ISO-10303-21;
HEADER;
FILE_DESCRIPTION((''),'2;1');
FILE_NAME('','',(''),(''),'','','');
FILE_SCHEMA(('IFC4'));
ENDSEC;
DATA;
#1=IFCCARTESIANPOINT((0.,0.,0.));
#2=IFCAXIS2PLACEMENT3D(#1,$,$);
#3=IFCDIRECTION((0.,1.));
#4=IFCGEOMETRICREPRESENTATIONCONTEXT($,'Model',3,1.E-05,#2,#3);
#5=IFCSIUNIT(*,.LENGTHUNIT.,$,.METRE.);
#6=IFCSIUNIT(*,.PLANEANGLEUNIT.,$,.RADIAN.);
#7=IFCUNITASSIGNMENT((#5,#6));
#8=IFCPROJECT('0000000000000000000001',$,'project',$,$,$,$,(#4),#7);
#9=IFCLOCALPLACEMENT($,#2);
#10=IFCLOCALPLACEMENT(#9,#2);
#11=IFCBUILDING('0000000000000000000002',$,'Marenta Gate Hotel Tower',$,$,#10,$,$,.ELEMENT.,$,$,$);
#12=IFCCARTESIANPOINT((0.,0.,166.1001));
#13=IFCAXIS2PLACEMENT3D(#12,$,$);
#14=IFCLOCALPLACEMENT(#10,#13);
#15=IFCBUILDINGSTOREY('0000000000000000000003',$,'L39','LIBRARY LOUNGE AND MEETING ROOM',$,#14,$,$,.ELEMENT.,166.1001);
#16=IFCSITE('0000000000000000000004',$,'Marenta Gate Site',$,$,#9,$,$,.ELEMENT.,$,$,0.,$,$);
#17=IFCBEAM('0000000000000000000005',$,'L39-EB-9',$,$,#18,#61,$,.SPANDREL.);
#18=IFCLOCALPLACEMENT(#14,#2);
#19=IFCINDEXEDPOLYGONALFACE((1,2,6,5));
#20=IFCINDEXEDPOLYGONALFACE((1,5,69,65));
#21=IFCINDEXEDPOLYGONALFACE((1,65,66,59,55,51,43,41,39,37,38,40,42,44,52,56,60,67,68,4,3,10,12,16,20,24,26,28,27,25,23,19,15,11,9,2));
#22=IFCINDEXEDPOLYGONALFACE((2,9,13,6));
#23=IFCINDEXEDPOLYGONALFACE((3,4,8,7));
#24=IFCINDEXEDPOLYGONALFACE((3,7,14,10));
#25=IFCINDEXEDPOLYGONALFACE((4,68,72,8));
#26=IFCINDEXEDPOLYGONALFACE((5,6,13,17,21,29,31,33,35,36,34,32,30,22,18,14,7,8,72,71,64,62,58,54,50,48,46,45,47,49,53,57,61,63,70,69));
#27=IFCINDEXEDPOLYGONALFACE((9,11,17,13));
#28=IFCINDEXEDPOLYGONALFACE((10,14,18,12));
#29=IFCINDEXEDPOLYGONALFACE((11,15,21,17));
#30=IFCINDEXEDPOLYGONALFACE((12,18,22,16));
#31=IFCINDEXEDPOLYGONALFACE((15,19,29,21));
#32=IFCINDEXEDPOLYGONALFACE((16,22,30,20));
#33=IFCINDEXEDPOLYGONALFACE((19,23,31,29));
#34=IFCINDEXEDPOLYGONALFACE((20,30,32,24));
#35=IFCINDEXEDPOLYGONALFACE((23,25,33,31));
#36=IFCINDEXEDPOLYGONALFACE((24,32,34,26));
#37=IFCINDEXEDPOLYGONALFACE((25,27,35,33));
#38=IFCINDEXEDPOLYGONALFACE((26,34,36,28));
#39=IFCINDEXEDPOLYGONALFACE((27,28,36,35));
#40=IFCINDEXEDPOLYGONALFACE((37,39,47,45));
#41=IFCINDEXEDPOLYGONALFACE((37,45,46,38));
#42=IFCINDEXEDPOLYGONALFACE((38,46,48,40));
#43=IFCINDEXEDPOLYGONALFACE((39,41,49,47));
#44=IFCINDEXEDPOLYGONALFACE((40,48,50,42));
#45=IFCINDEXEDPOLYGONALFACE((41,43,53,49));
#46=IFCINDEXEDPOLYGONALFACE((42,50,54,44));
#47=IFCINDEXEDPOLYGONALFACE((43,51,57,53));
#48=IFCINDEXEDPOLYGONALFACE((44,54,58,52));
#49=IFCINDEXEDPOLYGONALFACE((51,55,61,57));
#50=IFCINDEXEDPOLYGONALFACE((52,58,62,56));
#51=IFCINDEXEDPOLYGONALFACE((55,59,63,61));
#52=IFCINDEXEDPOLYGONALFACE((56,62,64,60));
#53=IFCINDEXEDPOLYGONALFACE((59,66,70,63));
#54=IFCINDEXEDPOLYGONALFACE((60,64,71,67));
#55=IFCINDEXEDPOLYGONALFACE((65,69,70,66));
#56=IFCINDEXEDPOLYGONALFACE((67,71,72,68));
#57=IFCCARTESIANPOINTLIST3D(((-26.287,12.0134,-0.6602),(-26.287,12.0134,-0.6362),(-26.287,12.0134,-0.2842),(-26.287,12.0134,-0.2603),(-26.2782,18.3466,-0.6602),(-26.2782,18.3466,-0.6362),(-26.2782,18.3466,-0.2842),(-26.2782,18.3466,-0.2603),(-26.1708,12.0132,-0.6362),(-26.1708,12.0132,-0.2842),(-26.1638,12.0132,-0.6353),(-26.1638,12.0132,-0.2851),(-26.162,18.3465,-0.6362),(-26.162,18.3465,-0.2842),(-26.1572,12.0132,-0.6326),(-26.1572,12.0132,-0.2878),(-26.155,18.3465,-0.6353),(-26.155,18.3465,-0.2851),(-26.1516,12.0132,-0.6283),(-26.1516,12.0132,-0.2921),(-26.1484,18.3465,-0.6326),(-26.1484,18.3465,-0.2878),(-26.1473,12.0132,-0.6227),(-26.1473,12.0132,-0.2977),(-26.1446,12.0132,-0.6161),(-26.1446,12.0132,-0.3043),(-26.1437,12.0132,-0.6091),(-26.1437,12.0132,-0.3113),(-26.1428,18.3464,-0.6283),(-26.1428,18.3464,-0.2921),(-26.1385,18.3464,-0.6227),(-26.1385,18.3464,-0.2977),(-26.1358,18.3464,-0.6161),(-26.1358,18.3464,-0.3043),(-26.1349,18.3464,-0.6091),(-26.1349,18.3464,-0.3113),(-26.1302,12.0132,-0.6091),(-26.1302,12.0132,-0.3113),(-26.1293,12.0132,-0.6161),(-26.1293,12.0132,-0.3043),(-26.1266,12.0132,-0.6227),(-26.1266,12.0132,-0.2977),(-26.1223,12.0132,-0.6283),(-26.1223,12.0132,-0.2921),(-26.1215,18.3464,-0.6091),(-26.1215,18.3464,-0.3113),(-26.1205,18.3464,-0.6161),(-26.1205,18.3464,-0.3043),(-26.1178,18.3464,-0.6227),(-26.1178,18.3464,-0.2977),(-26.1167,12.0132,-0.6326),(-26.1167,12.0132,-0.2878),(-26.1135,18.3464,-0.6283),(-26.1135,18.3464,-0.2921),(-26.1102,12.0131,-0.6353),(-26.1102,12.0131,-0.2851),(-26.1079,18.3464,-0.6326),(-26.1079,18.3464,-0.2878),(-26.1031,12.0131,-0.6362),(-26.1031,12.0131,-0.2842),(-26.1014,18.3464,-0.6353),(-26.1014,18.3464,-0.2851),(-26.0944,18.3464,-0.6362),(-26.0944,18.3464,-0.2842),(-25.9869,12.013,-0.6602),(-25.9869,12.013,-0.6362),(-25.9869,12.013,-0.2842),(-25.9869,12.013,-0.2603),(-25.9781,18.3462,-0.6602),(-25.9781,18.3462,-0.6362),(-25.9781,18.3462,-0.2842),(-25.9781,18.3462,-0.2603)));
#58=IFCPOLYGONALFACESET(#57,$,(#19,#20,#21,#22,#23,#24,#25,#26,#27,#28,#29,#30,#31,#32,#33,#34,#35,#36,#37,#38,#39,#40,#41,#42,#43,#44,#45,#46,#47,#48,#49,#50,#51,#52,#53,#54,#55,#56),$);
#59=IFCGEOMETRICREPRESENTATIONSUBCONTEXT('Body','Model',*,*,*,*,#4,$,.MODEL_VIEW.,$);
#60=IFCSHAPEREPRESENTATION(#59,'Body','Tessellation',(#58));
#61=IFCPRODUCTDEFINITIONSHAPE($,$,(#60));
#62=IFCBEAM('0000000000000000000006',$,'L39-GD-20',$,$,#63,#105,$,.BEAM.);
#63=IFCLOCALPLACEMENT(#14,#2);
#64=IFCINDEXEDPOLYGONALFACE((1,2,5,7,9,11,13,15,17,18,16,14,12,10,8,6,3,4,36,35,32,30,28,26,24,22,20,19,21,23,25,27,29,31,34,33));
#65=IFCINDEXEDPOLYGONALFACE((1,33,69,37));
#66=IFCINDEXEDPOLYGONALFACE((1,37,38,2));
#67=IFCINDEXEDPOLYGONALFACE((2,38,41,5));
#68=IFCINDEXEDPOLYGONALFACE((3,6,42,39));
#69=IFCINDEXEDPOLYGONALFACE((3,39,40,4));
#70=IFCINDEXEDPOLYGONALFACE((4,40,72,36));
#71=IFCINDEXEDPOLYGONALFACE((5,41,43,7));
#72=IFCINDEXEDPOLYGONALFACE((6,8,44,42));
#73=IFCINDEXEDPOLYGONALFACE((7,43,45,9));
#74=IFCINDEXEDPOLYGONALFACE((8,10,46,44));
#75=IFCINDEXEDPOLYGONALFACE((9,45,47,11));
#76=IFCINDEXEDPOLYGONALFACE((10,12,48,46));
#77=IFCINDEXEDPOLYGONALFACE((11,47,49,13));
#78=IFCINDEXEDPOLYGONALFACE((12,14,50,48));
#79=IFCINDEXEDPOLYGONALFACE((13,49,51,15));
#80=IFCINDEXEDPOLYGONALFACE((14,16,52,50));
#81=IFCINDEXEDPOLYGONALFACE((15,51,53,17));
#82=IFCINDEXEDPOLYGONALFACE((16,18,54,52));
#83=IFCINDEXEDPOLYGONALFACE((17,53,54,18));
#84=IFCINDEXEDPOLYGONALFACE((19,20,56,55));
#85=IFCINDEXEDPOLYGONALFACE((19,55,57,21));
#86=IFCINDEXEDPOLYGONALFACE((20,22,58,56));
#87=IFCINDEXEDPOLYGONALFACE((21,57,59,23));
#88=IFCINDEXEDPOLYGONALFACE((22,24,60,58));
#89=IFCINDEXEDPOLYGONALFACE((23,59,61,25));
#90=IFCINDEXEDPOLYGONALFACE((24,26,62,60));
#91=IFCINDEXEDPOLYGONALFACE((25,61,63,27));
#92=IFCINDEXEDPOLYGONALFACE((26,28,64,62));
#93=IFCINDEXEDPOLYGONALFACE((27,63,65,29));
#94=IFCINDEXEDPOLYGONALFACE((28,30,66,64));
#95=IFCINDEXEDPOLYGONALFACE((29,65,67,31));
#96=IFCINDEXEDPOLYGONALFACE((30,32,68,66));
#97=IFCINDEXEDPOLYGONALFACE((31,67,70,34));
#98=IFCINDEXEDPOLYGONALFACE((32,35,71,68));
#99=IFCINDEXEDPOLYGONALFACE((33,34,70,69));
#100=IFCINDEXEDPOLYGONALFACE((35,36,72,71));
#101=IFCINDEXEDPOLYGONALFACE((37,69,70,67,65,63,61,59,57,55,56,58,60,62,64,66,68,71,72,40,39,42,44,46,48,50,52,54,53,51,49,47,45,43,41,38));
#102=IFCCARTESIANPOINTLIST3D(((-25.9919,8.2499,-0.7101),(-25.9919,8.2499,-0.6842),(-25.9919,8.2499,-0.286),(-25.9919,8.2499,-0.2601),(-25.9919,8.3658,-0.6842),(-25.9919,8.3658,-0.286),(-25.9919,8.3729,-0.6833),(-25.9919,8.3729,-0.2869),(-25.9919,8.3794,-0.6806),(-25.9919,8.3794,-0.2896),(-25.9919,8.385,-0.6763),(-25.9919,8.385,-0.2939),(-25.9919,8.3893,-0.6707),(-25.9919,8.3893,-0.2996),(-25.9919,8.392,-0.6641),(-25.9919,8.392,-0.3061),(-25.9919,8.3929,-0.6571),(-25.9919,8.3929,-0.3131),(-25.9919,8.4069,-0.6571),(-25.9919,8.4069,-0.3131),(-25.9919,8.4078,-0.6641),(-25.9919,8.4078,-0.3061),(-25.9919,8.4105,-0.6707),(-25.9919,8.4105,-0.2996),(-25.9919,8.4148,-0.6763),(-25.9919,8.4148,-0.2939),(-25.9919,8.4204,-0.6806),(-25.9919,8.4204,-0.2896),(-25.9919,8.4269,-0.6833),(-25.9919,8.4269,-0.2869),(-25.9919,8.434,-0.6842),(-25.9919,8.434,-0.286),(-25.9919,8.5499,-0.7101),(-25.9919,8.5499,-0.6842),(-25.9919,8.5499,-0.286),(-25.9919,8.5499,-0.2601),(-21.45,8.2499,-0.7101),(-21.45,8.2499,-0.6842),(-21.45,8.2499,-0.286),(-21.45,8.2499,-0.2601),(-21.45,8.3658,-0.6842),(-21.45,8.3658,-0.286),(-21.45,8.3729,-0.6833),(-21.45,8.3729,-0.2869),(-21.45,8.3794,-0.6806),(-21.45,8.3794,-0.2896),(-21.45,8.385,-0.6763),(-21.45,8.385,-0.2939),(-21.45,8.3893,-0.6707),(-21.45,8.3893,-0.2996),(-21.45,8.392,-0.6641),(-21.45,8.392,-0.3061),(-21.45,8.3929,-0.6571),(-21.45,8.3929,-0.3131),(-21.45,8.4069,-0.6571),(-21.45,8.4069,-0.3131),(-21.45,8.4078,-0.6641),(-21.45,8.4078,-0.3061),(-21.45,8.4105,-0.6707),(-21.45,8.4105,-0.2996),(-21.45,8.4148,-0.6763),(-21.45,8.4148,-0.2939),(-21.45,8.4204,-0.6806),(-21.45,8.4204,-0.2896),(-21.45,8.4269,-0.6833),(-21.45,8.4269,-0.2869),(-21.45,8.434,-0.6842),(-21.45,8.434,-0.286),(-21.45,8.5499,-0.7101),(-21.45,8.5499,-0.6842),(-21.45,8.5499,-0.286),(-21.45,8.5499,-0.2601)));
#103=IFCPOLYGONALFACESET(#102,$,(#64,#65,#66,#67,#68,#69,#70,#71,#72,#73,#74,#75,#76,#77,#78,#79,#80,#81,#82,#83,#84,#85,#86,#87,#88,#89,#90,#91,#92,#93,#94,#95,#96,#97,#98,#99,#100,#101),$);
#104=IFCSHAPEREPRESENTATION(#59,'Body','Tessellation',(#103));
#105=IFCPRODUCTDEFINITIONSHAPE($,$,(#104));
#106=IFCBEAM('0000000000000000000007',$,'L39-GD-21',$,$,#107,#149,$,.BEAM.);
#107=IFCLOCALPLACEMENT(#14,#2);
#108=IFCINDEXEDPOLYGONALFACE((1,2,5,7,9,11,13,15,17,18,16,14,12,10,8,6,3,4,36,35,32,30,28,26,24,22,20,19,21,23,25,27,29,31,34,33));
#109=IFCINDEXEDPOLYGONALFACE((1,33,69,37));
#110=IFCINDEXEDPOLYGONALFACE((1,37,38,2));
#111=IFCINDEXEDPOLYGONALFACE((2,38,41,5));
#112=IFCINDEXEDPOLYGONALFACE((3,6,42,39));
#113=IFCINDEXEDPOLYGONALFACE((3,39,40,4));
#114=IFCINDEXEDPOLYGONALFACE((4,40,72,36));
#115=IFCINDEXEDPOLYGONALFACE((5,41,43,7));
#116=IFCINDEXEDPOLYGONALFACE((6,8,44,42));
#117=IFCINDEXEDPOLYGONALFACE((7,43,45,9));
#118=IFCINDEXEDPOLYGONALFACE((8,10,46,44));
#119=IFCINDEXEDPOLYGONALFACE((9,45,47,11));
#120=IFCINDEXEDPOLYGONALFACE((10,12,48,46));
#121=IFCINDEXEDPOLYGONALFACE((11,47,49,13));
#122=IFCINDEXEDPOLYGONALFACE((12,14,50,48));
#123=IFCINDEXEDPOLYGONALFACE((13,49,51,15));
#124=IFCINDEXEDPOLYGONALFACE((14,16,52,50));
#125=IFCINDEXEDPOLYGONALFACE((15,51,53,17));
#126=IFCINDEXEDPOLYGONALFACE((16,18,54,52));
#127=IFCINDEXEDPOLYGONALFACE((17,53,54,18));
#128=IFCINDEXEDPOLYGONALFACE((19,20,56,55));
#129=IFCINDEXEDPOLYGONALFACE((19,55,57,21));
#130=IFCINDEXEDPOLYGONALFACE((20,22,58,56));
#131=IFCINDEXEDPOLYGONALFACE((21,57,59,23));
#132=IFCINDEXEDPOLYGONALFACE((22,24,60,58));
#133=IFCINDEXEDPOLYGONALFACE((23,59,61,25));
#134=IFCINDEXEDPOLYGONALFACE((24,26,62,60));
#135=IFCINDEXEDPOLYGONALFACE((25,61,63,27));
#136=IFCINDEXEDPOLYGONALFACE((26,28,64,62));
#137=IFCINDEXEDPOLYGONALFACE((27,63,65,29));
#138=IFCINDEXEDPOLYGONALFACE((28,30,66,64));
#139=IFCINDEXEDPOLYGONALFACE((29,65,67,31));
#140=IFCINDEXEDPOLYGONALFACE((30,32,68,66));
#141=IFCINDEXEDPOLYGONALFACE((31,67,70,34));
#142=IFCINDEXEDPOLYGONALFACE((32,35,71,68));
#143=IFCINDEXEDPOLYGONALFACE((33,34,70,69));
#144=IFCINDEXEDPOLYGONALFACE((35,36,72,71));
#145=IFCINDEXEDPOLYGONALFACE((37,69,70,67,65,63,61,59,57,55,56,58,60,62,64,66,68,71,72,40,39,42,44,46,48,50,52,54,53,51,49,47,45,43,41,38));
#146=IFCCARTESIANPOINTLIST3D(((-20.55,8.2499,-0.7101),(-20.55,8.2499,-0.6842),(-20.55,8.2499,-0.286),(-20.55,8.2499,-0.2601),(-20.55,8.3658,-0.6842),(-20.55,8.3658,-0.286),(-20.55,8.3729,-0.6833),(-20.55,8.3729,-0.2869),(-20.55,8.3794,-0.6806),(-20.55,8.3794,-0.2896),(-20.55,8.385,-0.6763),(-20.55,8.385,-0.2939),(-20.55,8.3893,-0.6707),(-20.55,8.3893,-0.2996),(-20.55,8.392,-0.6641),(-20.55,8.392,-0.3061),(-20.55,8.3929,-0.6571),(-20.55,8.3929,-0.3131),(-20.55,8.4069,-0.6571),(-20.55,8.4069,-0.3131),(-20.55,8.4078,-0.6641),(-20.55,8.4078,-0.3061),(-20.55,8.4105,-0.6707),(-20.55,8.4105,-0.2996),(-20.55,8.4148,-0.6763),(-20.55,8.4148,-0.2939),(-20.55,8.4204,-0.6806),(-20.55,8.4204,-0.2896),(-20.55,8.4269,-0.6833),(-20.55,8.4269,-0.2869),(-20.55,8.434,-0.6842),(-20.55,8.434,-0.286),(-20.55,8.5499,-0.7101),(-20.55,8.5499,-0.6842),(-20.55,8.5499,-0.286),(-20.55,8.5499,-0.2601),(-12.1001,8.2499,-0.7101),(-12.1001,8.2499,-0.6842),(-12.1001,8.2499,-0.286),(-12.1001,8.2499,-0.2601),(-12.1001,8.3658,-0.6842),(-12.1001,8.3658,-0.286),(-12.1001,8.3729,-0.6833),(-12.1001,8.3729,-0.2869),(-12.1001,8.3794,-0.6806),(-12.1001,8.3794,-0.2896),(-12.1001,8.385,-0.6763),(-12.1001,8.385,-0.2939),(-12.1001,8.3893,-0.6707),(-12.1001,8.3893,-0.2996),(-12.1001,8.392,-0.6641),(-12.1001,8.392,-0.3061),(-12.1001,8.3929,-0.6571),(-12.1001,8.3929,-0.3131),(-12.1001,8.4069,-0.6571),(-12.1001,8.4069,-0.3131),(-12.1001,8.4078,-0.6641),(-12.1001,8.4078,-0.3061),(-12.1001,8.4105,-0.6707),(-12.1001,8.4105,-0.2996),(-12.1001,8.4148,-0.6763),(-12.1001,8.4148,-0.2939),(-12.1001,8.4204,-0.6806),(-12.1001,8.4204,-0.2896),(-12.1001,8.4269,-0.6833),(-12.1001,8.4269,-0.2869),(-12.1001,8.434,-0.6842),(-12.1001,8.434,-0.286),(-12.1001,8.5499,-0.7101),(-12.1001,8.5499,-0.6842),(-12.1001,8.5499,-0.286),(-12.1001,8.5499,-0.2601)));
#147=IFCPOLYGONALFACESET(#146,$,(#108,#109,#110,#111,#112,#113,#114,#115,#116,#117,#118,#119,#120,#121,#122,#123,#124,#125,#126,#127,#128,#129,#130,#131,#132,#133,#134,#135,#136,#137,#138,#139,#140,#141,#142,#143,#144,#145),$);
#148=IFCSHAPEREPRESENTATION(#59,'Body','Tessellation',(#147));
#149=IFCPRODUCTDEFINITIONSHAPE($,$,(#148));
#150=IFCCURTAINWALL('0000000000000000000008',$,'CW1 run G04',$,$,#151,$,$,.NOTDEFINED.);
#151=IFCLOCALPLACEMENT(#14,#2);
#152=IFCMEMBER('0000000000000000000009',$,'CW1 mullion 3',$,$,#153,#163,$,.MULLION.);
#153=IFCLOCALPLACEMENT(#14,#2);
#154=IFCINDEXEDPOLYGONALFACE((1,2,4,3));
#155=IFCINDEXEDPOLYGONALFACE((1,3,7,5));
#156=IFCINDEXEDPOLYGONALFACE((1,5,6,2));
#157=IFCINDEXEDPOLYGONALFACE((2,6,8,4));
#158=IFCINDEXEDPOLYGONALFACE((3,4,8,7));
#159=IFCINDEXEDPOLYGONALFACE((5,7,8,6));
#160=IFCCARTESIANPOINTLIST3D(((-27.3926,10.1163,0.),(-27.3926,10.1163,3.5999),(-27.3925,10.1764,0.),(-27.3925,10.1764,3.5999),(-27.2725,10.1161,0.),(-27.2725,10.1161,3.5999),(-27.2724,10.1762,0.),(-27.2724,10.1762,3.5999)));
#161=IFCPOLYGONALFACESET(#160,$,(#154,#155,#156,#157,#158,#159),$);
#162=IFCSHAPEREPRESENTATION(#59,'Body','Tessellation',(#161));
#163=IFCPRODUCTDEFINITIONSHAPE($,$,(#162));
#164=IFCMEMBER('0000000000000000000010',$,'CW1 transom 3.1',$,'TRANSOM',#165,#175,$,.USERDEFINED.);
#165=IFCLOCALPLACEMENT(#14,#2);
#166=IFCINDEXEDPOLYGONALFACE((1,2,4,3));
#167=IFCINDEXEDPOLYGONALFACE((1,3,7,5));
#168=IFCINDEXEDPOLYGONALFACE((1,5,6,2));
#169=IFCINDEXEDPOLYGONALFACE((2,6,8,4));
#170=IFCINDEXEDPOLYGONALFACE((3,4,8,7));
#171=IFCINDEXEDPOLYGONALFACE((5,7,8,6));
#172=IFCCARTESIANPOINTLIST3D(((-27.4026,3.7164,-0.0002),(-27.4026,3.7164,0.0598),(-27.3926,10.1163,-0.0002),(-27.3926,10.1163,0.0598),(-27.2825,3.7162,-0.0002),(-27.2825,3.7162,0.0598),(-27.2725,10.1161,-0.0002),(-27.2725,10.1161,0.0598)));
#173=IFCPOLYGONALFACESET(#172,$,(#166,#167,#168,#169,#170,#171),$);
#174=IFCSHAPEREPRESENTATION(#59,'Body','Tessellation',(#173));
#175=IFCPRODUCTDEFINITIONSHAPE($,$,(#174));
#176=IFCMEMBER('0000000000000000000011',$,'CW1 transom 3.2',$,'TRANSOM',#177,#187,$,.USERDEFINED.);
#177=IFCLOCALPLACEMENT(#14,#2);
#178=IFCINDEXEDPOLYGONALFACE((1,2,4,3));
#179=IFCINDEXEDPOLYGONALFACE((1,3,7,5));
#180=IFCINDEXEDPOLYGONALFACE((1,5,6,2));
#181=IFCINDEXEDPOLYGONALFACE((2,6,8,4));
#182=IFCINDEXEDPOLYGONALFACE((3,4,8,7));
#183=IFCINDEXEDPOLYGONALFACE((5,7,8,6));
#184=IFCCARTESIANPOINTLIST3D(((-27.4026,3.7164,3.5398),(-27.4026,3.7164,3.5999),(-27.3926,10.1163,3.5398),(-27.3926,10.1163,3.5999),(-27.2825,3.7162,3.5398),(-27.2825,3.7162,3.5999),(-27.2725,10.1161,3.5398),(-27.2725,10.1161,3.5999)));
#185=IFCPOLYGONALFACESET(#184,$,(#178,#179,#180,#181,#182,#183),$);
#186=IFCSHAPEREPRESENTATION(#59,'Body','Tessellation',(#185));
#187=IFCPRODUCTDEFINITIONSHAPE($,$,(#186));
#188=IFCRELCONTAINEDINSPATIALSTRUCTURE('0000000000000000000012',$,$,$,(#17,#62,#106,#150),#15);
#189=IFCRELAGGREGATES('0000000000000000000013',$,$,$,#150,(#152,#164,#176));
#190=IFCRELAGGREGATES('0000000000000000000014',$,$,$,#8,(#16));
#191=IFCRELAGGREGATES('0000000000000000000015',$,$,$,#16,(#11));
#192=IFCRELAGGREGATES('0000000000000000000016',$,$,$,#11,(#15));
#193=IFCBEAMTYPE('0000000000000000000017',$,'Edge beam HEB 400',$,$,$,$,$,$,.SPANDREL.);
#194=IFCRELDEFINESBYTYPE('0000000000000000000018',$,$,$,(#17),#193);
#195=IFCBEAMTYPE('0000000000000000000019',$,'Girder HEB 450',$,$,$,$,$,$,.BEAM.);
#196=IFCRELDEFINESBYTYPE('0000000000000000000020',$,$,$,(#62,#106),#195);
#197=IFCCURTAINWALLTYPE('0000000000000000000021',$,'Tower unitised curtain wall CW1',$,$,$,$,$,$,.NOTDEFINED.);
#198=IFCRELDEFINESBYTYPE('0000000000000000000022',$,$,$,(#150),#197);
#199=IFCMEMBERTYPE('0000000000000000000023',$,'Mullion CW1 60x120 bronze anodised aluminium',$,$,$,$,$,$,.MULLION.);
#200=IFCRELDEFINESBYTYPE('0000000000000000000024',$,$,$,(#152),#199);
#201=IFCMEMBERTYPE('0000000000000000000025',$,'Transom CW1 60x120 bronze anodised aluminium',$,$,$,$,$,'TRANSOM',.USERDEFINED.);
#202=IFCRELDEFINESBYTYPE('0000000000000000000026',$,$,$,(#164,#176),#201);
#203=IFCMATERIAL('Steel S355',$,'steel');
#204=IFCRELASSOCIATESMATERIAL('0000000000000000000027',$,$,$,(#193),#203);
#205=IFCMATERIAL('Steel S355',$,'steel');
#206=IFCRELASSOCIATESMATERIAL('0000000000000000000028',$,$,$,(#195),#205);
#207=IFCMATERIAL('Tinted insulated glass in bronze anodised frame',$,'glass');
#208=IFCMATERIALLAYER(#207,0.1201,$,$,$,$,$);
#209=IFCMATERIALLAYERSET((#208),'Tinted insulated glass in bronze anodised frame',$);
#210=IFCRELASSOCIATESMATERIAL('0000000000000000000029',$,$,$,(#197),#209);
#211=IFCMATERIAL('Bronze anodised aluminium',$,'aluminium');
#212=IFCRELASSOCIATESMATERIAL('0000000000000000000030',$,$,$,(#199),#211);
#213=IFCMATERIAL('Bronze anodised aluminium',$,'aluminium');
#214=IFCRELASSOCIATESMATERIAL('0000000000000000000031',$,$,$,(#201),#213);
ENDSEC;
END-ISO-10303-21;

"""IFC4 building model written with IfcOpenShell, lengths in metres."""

from ifc_helpers import new_model, si_unit, direction, frame, origin, origin_2d, place, context, subcontext, project, spatial, rectangle, i_section, extrude, material, layer, layer_set, material_profile, profile_set, type_object, element, aggregate, save


model = new_model("IFC4")

# Units and contexts
model_context = context("Model", 3, precision=1e-05, world=origin(), true_north=direction((0.0, 1.0)))
body_context = subcontext(model_context, "Body", "Model", "MODEL_VIEW")
ifc_project = project(units=[si_unit("LENGTHUNIT", "METRE"), si_unit("PLANEANGLEUNIT", "RADIAN")], contexts=[model_context])

# Site, building, storey
site_placement = place(None, origin())
site = spatial("IfcSite", under=ifc_project, at=site_placement, Name="Marenta Gate Site", CompositionType="ELEMENT", RefElevation=0.0)
building_placement = place(site_placement, origin())
building = spatial("IfcBuilding", under=site, at=building_placement, Name="Marenta Gate Hotel Tower", CompositionType="ELEMENT")
storey_placement = place(building_placement, frame((0.0, 0.0, 166.1001)))
storey = spatial("IfcBuildingStorey", under=building, at=storey_placement, Name="L39", Description="LIBRARY LOUNGE AND MEETING ROOM", CompositionType="ELEMENT", Elevation=166.1001)

# Beams
ifc_material_1 = material(Name="Steel S355", Category="steel")
ifc_material_profile_1 = material_profile(ifc_material_1, i_section(OverallWidth=0.3, OverallDepth=0.3999, WebThickness=0.0134, FlangeThickness=0.0239, FilletRadius=0.0271, at=origin_2d()), Name="HEB 400")
ifc_profile_set_1 = profile_set([ifc_material_profile_1], Name="Steel S355")
beam_type_1 = type_object("IfcBeamType", Name="Edge beam HEB 400", PredefinedType="SPANDREL", material=ifc_profile_set_1)
beam_1_placement = place(storey_placement, frame((-26.137, 12.0132, -0.4602), z_axis=(0.001388, 0.999999, 0.0), x_axis=(-0.999999, 0.001388, 0.0)))
element("IfcBeam", 1, at=beam_1_placement, inside=storey, type_object=beam_type_1, Name="L39-EB-9", PredefinedType="SPANDREL", context=body_context, shape_type="SweptSolid", body=[
    extrude(i_section(OverallWidth=0.3, OverallDepth=0.3999, WebThickness=0.0134, FlangeThickness=0.0239, FilletRadius=0.0271, at=origin_2d()), origin(), (0.0, 0.0, 1.0), 6.3333),
])
ifc_material_2 = material(Name="Steel S355", Category="steel")
ifc_material_profile_2 = material_profile(ifc_material_2, i_section(OverallWidth=0.3, OverallDepth=0.45, WebThickness=0.0139, FlangeThickness=0.0259, FilletRadius=0.0271, at=origin_2d()), Name="HEB 450")
ifc_profile_set_2 = profile_set([ifc_material_profile_2], Name="Steel S355")
beam_type_2 = type_object("IfcBeamType", Name="Girder HEB 450", PredefinedType="BEAM", material=ifc_profile_set_2)
beam_2_placement = place(storey_placement, frame((-25.9919, 8.3999, -0.4851), z_axis=(1.0, 0.0, 0.0), x_axis=(0.0, 1.0, 0.0)))
element("IfcBeam", 2, at=beam_2_placement, inside=storey, type_object=beam_type_2, Name="L39-GD-20", PredefinedType="BEAM", context=body_context, shape_type="SweptSolid", body=[
    extrude(i_section(OverallWidth=0.3, OverallDepth=0.45, WebThickness=0.0139, FlangeThickness=0.0259, FilletRadius=0.0271, at=origin_2d()), origin(), (0.0, 0.0, 1.0), 4.542),
])
beam_3_placement = place(storey_placement, frame((-20.55, 8.3999, -0.4851), z_axis=(1.0, 0.0, 0.0), x_axis=(0.0, 1.0, 0.0)))
element("IfcBeam", 3, at=beam_3_placement, inside=storey, type_object=beam_type_2, Name="L39-GD-21", PredefinedType="BEAM", context=body_context, shape_type="SweptSolid", body=[
    extrude(i_section(OverallWidth=0.3, OverallDepth=0.45, WebThickness=0.0139, FlangeThickness=0.0259, FilletRadius=0.0271, at=origin_2d()), origin(), (0.0, 0.0, 1.0), 8.45),
])

# Curtain wall, members
ifc_material_3 = material(Name="Tinted insulated glass in bronze anodised frame", Category="glass")
ifc_layer_1 = layer(ifc_material_3, 0.1201)
ifc_layer_set_1 = layer_set([ifc_layer_1], Name="Tinted insulated glass in bronze anodised frame")
curtain_wall_type = type_object("IfcCurtainWallType", Name="Tower unitised curtain wall CW1", PredefinedType="NOTDEFINED", material=ifc_layer_set_1)
curtain_wall_placement = place(storey_placement, origin())
curtain_wall = element("IfcCurtainWall", 4, at=curtain_wall_placement, inside=storey, type_object=curtain_wall_type, Name="CW1 run G04", PredefinedType="NOTDEFINED")
ifc_material_4 = material(Name="Bronze anodised aluminium", Category="aluminium")
ifc_material_profile_3 = material_profile(ifc_material_4, rectangle(XDim=0.1201, YDim=0.0601, at=origin_2d()), Name="Mullion CW1 60x120 bronze anodised aluminium")
ifc_profile_set_3 = profile_set([ifc_material_profile_3], Name="Bronze anodised aluminium")
member_type_1 = type_object("IfcMemberType", Name="Mullion CW1 60x120 bronze anodised aluminium", PredefinedType="MULLION", material=ifc_profile_set_3)
member_1_placement = place(storey_placement, frame((-27.3325, 10.1462, 0.0), z_axis=(0.0, 0.0, 1.0), x_axis=(0.999999, -0.001566, 0.0)))
member_1 = element("IfcMember", 5, at=member_1_placement, type_object=member_type_1, Name="CW1 mullion 3", PredefinedType="MULLION", context=body_context, shape_type="SweptSolid", body=[
    extrude(rectangle(XDim=0.1201, YDim=0.0601, at=origin_2d()), origin(), (0.0, 0.0, 1.0), 3.5999),
])
ifc_material_5 = material(Name="Bronze anodised aluminium", Category="aluminium")
ifc_material_profile_4 = material_profile(ifc_material_5, rectangle(XDim=0.1201, YDim=0.0601, at=origin_2d()), Name="Transom CW1 60x120 bronze anodised aluminium")
ifc_profile_set_4 = profile_set([ifc_material_profile_4], Name="Bronze anodised aluminium")
member_type_2 = type_object("IfcMemberType", Name="Transom CW1 60x120 bronze anodised aluminium", ElementType="TRANSOM", PredefinedType="USERDEFINED", material=ifc_profile_set_4)
member_2_placement = place(storey_placement, frame((-27.3325, 10.1162, 0.0298), z_axis=(-0.001564, -0.999999, 0.0), x_axis=(0.999999, -0.001564, 0.0)))
member_2 = element("IfcMember", 6, at=member_2_placement, type_object=member_type_2, Name="CW1 transom 3.1", ObjectType="TRANSOM", PredefinedType="USERDEFINED", context=body_context, shape_type="SweptSolid", body=[
    extrude(rectangle(XDim=0.1201, YDim=0.0601, at=origin_2d()), origin(), (0.0, 0.0, 1.0), 6.3999),
])
member_3_placement = place(storey_placement, frame((-27.3325, 10.1162, 3.5698), z_axis=(-0.001564, -0.999999, 0.0), x_axis=(0.999999, -0.001564, 0.0)))
member_3 = element("IfcMember", 7, at=member_3_placement, type_object=member_type_2, Name="CW1 transom 3.2", ObjectType="TRANSOM", PredefinedType="USERDEFINED", context=body_context, shape_type="SweptSolid", body=[
    extrude(rectangle(XDim=0.1201, YDim=0.0601, at=origin_2d()), origin(), (0.0, 0.0, 1.0), 6.3999),
])
aggregate(curtain_wall, [member_1, member_2, member_3])

save(model, "model.ifc")
